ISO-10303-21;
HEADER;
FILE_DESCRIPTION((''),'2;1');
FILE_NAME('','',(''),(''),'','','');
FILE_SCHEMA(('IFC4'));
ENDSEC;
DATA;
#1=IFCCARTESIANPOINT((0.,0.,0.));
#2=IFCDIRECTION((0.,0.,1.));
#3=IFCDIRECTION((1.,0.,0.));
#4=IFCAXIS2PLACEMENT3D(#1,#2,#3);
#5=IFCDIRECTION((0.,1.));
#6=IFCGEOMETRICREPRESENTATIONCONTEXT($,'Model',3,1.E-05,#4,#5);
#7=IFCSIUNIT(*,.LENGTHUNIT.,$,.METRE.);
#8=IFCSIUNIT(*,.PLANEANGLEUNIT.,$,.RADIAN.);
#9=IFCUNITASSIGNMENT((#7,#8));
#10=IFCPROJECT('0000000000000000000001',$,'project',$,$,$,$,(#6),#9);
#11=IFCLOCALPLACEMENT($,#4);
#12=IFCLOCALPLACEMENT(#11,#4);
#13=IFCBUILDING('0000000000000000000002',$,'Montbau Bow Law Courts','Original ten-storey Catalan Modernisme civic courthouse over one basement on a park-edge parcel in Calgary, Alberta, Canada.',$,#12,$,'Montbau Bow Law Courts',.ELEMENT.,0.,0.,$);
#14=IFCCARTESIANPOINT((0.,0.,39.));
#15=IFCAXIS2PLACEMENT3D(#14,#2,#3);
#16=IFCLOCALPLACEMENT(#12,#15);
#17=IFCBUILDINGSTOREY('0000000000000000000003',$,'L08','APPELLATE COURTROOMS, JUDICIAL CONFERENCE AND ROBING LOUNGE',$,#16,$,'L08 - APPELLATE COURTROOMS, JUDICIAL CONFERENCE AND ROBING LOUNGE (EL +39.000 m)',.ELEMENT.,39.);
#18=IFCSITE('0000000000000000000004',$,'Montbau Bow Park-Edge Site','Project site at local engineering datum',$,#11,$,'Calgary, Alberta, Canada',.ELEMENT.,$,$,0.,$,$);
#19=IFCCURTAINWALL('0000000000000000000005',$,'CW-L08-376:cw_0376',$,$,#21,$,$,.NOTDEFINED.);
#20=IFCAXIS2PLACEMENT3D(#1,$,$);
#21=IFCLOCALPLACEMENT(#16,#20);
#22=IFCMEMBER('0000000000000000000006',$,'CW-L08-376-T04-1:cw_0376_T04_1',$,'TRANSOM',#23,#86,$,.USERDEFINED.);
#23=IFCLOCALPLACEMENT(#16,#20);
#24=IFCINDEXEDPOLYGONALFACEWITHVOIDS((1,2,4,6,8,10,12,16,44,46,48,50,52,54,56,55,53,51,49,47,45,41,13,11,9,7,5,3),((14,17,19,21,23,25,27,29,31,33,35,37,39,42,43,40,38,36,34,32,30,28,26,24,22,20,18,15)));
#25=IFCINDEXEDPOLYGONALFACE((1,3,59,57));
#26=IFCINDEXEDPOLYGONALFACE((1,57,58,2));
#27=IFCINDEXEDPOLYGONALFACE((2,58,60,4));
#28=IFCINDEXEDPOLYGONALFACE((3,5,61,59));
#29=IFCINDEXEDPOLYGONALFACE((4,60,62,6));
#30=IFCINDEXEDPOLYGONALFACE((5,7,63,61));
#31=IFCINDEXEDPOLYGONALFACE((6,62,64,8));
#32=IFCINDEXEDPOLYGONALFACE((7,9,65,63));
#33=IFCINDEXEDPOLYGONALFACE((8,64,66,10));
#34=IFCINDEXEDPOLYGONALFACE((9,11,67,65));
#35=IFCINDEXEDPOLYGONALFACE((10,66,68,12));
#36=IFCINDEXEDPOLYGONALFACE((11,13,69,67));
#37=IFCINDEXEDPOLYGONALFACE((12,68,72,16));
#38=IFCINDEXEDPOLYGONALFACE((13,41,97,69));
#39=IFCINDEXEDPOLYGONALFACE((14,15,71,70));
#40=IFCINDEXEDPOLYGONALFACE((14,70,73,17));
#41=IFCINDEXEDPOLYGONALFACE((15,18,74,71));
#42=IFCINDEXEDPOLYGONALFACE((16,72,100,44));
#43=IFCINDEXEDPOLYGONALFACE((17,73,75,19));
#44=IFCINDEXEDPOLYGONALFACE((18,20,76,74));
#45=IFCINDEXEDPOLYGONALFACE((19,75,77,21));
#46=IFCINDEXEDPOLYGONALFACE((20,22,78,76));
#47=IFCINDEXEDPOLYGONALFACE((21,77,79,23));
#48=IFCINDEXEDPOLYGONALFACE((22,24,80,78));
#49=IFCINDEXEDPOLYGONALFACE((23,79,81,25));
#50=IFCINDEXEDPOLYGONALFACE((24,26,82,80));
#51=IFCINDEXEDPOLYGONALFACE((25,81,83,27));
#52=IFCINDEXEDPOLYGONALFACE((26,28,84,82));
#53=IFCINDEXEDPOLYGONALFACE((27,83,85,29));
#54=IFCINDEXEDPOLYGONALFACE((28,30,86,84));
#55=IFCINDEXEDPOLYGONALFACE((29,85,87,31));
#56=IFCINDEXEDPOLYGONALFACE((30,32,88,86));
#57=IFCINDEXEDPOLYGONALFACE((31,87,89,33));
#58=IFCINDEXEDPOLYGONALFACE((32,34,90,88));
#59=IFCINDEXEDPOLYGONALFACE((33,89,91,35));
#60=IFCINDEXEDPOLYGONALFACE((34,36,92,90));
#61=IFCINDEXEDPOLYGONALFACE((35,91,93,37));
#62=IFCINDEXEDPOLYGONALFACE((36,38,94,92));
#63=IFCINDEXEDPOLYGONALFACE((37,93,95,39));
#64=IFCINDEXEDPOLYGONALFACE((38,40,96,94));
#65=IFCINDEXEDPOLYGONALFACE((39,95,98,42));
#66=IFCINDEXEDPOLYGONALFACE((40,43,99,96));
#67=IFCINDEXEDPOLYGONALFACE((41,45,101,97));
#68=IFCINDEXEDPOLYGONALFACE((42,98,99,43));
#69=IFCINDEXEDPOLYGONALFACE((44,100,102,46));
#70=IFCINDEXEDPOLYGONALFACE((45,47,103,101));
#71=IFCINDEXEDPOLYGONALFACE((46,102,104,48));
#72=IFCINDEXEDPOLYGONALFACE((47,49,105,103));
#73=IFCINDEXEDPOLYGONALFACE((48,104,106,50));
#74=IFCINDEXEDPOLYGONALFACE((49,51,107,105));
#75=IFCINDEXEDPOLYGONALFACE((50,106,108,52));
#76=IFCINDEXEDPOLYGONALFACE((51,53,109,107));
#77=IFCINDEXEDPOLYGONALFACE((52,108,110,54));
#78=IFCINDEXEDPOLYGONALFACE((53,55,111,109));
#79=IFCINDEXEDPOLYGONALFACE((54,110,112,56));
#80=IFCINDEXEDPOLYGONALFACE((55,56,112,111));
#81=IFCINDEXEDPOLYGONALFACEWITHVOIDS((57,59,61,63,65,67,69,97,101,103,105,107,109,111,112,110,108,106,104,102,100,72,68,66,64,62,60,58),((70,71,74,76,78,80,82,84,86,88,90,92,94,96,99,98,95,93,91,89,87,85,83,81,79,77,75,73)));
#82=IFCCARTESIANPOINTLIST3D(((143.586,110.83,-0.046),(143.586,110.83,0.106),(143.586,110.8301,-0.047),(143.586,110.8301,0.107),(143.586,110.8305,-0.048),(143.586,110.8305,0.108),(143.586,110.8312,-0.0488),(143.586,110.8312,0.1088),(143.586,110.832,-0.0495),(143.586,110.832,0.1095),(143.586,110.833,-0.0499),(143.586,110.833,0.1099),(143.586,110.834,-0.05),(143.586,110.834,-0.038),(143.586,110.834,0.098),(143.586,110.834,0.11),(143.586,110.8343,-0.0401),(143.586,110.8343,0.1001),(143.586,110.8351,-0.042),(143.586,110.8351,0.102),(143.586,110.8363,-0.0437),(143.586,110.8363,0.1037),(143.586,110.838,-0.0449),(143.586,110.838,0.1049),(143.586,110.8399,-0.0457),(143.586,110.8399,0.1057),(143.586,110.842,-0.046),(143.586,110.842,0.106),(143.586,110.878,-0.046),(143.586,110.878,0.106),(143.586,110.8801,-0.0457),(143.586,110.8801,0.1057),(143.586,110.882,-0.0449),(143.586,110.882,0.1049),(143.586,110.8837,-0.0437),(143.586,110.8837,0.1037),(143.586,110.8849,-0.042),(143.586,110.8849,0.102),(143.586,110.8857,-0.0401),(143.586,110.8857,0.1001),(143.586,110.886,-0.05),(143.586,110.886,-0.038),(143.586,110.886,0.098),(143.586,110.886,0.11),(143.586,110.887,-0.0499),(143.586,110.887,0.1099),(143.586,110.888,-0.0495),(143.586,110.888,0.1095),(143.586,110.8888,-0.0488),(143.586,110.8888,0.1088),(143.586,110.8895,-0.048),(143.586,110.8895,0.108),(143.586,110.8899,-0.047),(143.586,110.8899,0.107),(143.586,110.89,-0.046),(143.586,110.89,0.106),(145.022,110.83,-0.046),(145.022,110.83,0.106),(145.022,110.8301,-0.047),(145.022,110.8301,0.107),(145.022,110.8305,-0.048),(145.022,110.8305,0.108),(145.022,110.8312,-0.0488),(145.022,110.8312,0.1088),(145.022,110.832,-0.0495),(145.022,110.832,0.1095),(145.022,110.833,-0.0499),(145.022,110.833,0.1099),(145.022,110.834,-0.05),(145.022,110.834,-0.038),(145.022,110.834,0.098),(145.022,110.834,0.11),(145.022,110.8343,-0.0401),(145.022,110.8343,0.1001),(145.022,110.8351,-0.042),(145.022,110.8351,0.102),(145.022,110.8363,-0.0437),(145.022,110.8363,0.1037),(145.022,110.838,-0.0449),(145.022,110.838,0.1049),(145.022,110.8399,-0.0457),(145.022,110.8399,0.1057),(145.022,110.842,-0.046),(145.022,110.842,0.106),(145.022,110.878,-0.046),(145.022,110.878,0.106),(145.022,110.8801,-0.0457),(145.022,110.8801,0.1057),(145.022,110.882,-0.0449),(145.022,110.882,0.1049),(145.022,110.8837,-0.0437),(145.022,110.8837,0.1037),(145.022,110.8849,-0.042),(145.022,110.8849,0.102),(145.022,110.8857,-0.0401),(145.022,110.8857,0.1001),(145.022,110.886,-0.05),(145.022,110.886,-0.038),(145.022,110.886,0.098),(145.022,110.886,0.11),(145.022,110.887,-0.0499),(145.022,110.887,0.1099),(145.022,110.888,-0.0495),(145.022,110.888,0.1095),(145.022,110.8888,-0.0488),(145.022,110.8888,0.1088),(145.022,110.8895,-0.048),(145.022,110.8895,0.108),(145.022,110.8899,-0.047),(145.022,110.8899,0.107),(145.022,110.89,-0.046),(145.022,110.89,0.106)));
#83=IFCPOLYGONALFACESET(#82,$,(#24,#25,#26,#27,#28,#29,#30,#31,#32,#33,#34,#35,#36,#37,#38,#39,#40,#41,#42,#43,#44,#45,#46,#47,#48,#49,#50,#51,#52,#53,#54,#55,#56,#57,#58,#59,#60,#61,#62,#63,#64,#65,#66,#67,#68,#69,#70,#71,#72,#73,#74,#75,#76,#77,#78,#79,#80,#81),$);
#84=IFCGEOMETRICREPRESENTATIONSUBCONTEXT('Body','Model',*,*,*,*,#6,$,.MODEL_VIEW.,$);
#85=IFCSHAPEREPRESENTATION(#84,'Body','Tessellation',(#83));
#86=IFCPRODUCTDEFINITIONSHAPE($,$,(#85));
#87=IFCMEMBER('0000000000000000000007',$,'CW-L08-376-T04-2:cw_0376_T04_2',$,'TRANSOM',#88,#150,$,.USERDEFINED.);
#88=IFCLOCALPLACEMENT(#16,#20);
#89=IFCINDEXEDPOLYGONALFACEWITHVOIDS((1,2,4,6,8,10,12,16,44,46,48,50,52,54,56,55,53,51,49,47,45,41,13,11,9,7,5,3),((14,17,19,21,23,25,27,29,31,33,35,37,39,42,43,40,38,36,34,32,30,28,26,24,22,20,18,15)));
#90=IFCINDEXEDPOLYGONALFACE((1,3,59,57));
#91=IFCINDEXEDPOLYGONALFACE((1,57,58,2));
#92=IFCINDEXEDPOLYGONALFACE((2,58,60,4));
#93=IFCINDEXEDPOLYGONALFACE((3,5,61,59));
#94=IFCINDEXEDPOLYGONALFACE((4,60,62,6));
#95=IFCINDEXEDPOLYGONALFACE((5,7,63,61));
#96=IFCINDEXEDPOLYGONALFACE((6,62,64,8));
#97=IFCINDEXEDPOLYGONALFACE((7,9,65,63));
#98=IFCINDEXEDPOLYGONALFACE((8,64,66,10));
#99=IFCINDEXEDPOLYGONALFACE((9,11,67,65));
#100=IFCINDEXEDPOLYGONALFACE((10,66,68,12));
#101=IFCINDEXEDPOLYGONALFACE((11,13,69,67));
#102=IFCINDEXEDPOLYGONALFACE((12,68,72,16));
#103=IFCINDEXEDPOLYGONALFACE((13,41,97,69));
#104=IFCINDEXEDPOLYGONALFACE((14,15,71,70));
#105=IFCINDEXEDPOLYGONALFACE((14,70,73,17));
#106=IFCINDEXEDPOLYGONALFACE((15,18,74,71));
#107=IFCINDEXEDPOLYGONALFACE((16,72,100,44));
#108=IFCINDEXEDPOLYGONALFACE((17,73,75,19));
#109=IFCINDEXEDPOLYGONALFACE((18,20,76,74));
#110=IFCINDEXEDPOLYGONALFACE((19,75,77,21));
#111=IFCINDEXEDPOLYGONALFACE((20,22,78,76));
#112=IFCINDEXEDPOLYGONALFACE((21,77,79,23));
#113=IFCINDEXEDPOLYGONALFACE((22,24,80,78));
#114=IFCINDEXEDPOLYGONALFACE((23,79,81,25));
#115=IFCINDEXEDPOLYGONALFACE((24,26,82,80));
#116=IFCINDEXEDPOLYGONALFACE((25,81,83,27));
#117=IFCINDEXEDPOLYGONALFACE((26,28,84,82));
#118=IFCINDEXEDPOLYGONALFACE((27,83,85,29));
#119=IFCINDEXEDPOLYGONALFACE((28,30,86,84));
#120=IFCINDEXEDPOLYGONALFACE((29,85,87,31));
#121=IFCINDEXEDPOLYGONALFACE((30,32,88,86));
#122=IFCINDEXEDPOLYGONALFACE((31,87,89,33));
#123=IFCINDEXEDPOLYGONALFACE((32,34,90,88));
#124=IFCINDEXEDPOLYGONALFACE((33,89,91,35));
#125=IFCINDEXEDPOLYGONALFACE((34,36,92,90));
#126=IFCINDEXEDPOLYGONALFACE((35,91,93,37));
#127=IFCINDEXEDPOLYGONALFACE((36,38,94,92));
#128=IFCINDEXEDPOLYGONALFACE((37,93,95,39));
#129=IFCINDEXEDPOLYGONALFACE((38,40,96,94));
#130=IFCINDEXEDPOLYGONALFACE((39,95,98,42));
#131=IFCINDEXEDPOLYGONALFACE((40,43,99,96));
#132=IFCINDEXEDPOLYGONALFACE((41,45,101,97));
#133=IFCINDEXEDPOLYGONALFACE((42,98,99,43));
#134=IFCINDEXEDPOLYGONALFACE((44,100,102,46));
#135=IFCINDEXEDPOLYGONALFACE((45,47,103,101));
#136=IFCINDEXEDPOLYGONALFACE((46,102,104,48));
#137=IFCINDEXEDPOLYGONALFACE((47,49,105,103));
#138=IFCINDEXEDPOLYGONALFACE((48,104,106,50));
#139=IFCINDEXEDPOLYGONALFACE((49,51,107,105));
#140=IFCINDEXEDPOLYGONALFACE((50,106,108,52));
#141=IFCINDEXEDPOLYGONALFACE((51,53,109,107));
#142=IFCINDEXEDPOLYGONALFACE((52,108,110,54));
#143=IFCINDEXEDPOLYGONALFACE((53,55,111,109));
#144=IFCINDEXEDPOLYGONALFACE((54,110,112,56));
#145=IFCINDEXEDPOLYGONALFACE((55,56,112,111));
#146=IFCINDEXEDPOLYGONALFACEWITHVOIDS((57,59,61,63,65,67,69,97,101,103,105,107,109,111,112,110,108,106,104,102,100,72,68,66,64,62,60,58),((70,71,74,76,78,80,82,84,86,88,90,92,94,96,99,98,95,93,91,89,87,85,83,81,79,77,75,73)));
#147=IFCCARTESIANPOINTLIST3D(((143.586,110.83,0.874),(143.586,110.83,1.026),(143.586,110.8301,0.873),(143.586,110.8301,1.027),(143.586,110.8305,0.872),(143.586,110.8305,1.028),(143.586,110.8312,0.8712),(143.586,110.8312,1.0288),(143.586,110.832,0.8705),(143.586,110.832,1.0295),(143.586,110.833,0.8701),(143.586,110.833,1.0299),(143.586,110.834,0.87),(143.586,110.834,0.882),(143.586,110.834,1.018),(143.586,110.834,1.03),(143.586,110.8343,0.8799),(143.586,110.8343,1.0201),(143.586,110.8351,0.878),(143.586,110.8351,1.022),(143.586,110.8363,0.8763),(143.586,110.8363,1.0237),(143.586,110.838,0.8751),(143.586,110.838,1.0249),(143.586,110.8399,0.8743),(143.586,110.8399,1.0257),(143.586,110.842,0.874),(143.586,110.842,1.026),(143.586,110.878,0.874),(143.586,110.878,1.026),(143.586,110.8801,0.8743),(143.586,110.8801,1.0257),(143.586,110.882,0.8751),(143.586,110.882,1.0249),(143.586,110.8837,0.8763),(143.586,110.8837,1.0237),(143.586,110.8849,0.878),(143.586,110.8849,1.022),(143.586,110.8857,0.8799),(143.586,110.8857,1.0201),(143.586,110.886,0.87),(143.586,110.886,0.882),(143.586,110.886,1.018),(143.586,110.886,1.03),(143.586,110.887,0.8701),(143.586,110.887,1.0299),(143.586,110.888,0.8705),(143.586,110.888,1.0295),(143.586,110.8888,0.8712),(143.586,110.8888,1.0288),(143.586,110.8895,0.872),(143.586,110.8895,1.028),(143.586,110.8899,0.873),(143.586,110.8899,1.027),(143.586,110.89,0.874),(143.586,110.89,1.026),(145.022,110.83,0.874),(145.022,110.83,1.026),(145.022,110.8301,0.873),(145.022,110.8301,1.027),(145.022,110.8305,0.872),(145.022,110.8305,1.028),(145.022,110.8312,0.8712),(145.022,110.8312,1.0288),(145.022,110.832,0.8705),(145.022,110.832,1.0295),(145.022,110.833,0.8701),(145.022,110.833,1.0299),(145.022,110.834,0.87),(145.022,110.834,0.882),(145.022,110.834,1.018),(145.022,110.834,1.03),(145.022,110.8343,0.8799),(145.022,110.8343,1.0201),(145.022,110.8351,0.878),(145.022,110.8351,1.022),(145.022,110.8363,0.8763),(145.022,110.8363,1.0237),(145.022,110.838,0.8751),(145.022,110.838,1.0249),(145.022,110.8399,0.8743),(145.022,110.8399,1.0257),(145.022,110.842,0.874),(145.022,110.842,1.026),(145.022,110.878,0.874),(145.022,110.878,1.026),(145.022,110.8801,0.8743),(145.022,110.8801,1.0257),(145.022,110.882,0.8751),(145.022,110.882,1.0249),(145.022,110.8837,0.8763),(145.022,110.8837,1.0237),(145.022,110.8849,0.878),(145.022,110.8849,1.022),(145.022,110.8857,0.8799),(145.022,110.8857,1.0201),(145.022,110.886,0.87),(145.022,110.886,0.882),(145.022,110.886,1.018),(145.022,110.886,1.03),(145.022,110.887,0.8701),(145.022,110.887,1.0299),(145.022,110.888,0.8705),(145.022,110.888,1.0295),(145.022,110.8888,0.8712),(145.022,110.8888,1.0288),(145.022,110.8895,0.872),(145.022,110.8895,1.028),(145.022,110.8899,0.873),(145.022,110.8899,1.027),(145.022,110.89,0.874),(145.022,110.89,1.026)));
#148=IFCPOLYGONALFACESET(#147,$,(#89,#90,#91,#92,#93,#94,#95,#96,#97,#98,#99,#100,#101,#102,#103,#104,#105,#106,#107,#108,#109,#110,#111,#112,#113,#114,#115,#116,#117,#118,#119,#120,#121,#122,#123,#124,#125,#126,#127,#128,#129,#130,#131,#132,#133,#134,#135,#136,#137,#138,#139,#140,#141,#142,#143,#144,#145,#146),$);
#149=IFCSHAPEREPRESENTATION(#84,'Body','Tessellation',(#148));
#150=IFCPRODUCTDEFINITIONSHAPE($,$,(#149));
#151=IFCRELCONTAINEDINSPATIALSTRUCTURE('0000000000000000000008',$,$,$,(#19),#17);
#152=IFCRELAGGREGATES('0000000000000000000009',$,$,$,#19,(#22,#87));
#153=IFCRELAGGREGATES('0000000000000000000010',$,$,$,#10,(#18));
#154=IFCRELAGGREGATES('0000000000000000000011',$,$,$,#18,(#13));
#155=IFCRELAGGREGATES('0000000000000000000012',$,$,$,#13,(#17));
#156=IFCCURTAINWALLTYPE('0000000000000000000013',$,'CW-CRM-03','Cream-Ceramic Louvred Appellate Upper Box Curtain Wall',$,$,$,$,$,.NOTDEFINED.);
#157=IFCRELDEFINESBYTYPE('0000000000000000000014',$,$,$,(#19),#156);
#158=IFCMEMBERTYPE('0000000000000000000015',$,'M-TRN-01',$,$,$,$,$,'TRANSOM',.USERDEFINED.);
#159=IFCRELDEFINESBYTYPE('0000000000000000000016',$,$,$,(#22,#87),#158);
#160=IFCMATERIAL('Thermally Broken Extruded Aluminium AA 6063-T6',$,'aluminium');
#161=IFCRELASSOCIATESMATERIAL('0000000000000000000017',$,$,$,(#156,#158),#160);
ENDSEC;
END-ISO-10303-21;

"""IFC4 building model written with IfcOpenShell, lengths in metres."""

from ifc_helpers import new_model, si_unit, direction, frame, origin_with_axes, origin_2d_with_axis, place, context, subcontext, project, spatial, hollow_rectangle, extrude, material, material_profile, profile_set, type_object, element, aggregate, save


model = new_model("IFC4")

# Units and contexts
model_context = context("Model", 3, precision=1e-05, world=origin_with_axes(), true_north=direction((0.0, 1.0)))
body_context = subcontext(model_context, "Body", "Model", "MODEL_VIEW")
ifc_project = project(units=[si_unit("LENGTHUNIT", "METRE"), si_unit("PLANEANGLEUNIT", "RADIAN")], contexts=[model_context])

# Site, building, storey
site_placement = place(None, origin_with_axes())
site = spatial("IfcSite", under=ifc_project, at=site_placement, Name="Montbau Bow Park-Edge Site", Description="Project site at local engineering datum", LongName="Calgary, Alberta, Canada", CompositionType="ELEMENT", RefElevation=0.0)
building_placement = place(site_placement, origin_with_axes())
building = spatial("IfcBuilding", under=site, at=building_placement, Name="Montbau Bow Law Courts", Description="Original ten-storey Catalan Modernisme civic courthouse over one basement on a park-edge parcel in Calgary, Alberta, Canada.", LongName="Montbau Bow Law Courts", CompositionType="ELEMENT", ElevationOfRefHeight=0.0, ElevationOfTerrain=0.0)
storey_placement = place(building_placement, frame((0.0, 0.0, 39.0), z_axis=(0.0, 0.0, 1.0), x_axis=(1.0, 0.0, 0.0)))
storey = spatial("IfcBuildingStorey", under=building, at=storey_placement, Name="L08", Description="APPELLATE COURTROOMS, JUDICIAL CONFERENCE AND ROBING LOUNGE", LongName="L08 - APPELLATE COURTROOMS, JUDICIAL CONFERENCE AND ROBING LOUNGE (EL +39.000 m)", CompositionType="ELEMENT", Elevation=39.0)

# Curtain wall
ifc_material_1 = material(Name="Thermally Broken Extruded Aluminium AA 6063-T6", Category="aluminium")
curtain_wall_type = type_object("IfcCurtainWallType", Name="CW-CRM-03", Description="Cream-Ceramic Louvred Appellate Upper Box Curtain Wall", PredefinedType="NOTDEFINED", material=ifc_material_1)
curtain_wall_1_placement = place(None, frame((139.04, 110.86, 39.0), z_axis=(0.0, 0.0, 1.0), x_axis=(1.0, 0.0, 0.0)))
curtain_wall_1 = element("IfcCurtainWall", 1, at=curtain_wall_1_placement, inside=storey, type_object=curtain_wall_type, Name="CW-L08-376:cw_0376", PredefinedType="NOTDEFINED")

# Members
ifc_material_profile_1 = material_profile(ifc_material_1, hollow_rectangle(XDim=0.06, YDim=0.16, WallThickness=0.004, InnerFilletRadius=0.008, OuterFilletRadius=0.004, at=origin_2d_with_axis()), Name="CWT-160X60", Category="Main", Priority=0)
ifc_profile_set_1 = profile_set([ifc_material_profile_1], Name="Thermally Broken Extruded Aluminium AA 6063-T6")
member_type_1 = type_object("IfcMemberType", Name="M-TRN-01", ElementType="TRANSOM", PredefinedType="USERDEFINED", material=ifc_profile_set_1)
member_1_placement = place(None, frame((143.586, 110.86, 39.03), z_axis=(1.0, 0.0, 0.0), x_axis=(0.0, 1.0, 0.0)))
member_1 = element("IfcMember", 2, at=member_1_placement, type_object=member_type_1, Name="CW-L08-376-T04-1:cw_0376_T04_1", ObjectType="TRANSOM", PredefinedType="USERDEFINED", context=body_context, shape_type="SweptSolid", body=[
    extrude(hollow_rectangle(XDim=0.06, YDim=0.16, WallThickness=0.004, InnerFilletRadius=0.008, OuterFilletRadius=0.004, at=origin_2d_with_axis()), origin_with_axes(), (0.0, 0.0, 1.0), 1.436),
])
member_2_placement = place(None, frame((143.586, 110.86, 39.95), z_axis=(1.0, 0.0, 0.0), x_axis=(0.0, 1.0, 0.0)))
member_2 = element("IfcMember", 3, at=member_2_placement, type_object=member_type_1, Name="CW-L08-376-T04-2:cw_0376_T04_2", ObjectType="TRANSOM", PredefinedType="USERDEFINED", context=body_context, shape_type="SweptSolid", body=[
    extrude(hollow_rectangle(XDim=0.06, YDim=0.16, WallThickness=0.004, InnerFilletRadius=0.008, OuterFilletRadius=0.004, at=origin_2d_with_axis()), origin_with_axes(), (0.0, 0.0, 1.0), 1.436),
])

aggregate(curtain_wall_1, [member_1, member_2])

save(model, "model.ifc")
